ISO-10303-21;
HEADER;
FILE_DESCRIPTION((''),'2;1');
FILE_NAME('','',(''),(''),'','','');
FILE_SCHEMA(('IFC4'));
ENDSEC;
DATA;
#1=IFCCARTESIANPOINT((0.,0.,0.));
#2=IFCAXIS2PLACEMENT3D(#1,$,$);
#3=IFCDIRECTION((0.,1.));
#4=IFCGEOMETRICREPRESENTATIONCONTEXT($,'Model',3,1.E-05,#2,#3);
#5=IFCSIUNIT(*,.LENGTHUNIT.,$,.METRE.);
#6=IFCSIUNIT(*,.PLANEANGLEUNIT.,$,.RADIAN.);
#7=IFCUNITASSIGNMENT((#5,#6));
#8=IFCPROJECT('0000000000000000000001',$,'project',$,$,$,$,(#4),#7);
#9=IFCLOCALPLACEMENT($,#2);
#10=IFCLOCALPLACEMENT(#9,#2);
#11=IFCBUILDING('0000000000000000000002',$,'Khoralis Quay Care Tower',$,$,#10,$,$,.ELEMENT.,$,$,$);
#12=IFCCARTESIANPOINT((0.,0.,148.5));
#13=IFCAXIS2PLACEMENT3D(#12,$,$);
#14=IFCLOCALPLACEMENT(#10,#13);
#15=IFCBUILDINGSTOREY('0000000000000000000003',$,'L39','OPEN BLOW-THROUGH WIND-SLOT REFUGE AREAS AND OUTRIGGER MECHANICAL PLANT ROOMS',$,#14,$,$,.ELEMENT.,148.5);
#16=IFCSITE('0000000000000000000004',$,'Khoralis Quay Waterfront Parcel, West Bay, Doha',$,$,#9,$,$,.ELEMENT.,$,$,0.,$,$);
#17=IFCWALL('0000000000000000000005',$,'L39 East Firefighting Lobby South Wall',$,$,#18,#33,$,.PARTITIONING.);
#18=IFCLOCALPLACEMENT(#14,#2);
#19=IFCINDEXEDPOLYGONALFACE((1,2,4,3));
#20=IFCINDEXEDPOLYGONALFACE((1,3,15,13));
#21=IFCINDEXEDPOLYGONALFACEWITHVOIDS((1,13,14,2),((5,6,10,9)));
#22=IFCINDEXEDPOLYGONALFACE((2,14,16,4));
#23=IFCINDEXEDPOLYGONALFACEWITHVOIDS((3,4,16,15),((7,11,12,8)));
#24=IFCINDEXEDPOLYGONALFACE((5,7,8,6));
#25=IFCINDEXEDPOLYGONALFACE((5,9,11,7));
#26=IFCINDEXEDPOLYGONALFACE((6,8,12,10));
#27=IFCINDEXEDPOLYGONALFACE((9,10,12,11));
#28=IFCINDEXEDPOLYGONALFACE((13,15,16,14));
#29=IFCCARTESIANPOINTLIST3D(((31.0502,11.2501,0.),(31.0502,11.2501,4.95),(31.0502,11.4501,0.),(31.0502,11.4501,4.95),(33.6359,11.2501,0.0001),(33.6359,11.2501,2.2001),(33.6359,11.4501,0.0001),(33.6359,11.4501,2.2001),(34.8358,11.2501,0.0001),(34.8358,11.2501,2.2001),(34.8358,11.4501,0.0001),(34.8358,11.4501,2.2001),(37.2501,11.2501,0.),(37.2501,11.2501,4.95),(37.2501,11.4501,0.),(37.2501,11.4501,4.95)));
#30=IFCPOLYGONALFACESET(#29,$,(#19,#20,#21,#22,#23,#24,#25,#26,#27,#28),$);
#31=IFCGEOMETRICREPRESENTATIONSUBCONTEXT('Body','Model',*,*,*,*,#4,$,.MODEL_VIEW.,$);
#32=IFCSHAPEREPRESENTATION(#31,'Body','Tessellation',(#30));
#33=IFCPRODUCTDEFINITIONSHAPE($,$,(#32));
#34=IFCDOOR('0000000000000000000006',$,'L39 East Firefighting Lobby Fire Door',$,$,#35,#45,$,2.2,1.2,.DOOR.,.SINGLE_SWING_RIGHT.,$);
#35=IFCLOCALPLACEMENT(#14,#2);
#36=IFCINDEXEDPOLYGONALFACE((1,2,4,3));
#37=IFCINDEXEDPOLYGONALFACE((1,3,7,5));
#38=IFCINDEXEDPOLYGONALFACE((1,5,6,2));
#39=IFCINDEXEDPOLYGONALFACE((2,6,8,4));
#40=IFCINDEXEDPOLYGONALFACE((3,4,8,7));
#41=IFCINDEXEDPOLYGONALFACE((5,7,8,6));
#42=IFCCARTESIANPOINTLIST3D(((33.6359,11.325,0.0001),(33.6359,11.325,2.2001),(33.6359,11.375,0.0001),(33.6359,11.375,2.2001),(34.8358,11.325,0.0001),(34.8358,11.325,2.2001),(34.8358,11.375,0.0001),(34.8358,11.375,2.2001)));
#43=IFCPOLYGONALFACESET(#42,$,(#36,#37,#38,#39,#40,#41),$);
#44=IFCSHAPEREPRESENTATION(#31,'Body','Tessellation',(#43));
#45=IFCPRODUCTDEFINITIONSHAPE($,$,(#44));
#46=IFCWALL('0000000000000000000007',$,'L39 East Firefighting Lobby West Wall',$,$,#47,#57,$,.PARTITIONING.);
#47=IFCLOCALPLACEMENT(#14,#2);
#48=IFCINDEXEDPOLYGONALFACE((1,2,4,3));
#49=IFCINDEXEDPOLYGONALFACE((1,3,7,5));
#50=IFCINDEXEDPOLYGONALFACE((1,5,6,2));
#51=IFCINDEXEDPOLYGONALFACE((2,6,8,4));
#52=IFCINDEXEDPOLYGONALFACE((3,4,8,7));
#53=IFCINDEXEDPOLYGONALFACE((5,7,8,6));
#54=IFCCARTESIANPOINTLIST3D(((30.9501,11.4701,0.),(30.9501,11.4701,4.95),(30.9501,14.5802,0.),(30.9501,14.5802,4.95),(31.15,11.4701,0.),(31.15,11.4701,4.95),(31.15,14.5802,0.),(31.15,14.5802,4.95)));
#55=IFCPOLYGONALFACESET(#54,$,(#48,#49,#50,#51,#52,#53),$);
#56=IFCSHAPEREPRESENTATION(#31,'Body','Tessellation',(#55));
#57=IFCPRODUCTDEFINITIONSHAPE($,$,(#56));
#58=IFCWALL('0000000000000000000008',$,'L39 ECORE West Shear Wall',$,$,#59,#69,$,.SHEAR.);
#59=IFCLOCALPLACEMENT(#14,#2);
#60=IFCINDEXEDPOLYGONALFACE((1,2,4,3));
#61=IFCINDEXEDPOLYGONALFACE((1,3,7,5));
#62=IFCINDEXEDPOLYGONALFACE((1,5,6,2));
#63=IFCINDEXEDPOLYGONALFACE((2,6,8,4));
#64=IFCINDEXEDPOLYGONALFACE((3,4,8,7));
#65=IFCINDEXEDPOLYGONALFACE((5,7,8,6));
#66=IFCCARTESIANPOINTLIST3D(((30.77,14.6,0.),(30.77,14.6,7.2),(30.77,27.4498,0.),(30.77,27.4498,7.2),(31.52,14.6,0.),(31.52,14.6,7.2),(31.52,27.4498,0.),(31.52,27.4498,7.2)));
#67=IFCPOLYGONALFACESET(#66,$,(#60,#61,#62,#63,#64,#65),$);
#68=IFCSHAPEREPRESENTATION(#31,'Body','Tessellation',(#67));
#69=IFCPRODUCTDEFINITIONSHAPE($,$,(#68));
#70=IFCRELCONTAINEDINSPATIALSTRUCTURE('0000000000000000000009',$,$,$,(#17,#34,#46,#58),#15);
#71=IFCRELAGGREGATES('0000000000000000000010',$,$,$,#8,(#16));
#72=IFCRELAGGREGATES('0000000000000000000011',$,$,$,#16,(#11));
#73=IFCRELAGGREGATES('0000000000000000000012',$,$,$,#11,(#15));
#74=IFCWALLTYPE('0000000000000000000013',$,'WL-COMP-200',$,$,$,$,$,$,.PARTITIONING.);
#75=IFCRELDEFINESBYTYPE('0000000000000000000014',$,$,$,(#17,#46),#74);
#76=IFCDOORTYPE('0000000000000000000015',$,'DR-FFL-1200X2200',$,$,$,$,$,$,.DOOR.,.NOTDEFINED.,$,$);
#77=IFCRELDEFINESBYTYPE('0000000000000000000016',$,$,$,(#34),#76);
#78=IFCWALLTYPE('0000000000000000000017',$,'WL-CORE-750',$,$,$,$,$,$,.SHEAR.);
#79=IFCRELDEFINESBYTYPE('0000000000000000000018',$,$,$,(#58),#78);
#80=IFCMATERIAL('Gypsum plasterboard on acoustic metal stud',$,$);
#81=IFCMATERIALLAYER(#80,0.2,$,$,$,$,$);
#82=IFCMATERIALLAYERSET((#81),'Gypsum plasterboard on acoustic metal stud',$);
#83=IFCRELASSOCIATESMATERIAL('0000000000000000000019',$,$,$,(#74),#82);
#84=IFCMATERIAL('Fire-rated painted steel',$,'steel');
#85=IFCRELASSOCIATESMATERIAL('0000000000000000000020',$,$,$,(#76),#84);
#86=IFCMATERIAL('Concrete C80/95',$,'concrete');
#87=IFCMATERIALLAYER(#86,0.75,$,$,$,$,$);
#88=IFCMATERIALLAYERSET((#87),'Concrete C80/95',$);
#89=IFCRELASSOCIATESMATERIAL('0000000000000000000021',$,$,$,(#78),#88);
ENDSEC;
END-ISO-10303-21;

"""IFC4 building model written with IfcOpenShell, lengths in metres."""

from ifc_helpers import new_model, si_unit, direction, frame, frame_2d, origin, place, context, subcontext, project, spatial, rectangle, extrude, source, transform, mapped, material, layer, layer_set, type_object, element, fill, save


model = new_model("IFC4")

# Units and contexts
model_context = context("Model", 3, precision=1e-05, world=origin(), true_north=direction((0.0, 1.0)))
body_context = subcontext(model_context, "Body", "Model", "MODEL_VIEW")
ifc_project = project(units=[si_unit("LENGTHUNIT", "METRE"), si_unit("PLANEANGLEUNIT", "RADIAN")], contexts=[model_context])

# Site, building, storey
site_placement = place(None, origin())
site = spatial("IfcSite", under=ifc_project, at=site_placement, Name="Khoralis Quay Waterfront Parcel, West Bay, Doha", CompositionType="ELEMENT", RefElevation=0.0)
building_placement = place(site_placement, origin())
building = spatial("IfcBuilding", under=site, at=building_placement, Name="Khoralis Quay Care Tower", CompositionType="ELEMENT")
storey_placement = place(building_placement, frame((0.0, 0.0, 148.5)))
storey = spatial("IfcBuildingStorey", under=building, at=storey_placement, Name="L39", Description="OPEN BLOW-THROUGH WIND-SLOT REFUGE AREAS AND OUTRIGGER MECHANICAL PLANT ROOMS", CompositionType="ELEMENT", Elevation=148.5)

# Shared definitions
ifc_material_1 = material(Name="Concrete C80/95", Category="concrete")

# Wall, opening, door
ifc_material_2 = material(Name="Gypsum plasterboard on acoustic metal stud")
ifc_layer_1 = layer(ifc_material_2, 0.2)
ifc_layer_set_1 = layer_set([ifc_layer_1], Name="Gypsum plasterboard on acoustic metal stud")
wall_type_1 = type_object("IfcWallType", Name="WL-COMP-200", PredefinedType="PARTITIONING", material=ifc_layer_set_1)
wall_1_placement = place(storey_placement, frame((31.05, 11.3501, 0.0), z_axis=(0.0, 0.0, 1.0), x_axis=(1.0, 0.0, 0.0)))
wall_1 = element("IfcWall", 1, at=wall_1_placement, inside=storey, type_object=wall_type_1, Name="L39 East Firefighting Lobby South Wall", PredefinedType="PARTITIONING", context=body_context, shape_type="SweptSolid", body=[
    extrude(rectangle(XDim=6.2, YDim=0.2, at=frame_2d((3.1001, 0.0))), origin(), (0.0, 0.0, 1.0), 4.95),
])
opening_placement = place(wall_1_placement, frame((2.5857, 0.0, 0.0)))
opening = element("IfcOpeningElement", 2, at=opening_placement, cuts=wall_1, PredefinedType="OPENING", context=body_context, shape_type="SweptSolid", body=[
    extrude(rectangle(XDim=1.2, YDim=2.2, at=frame_2d((0.6001, 1.1001))), frame((0.0, 0.1099, 0.0), z_axis=(0.0, -1.0, 0.0), x_axis=(1.0, 0.0, 0.0)), (0.0, 0.0, 1.0), 0.22),
])
ifc_material_3 = material(Name="Fire-rated painted steel", Category="steel")
door_type = type_object("IfcDoorType", Name="DR-FFL-1200X2200", OperationType="NOTDEFINED", PredefinedType="DOOR", material=ifc_material_3)
shared_shape_1 = source(origin(), body_context, "Body", "SweptSolid", [
    extrude(rectangle(XDim=1.2, YDim=2.2, at=frame_2d((0.6001, 1.1001))), frame((0.0, 0.0249, 0.0), z_axis=(0.0, -1.0, 0.0), x_axis=(1.0, 0.0, 0.0)), (0.0, 0.0, 1.0), 0.05),
])
door_placement = place(opening_placement, origin())
door = element("IfcDoor", 3, at=door_placement, inside=storey, type_object=door_type, Name="L39 East Firefighting Lobby Fire Door", OperationType="SINGLE_SWING_RIGHT", OverallHeight=2.2, OverallWidth=1.2, PredefinedType="DOOR", context=body_context, shape_type="MappedRepresentation", body=[
    mapped(shared_shape_1, transform((0.0, 0.0, 0.0), scale=1.0)),
])
fill(opening, door)

# Walls
wall_2_placement = place(storey_placement, frame((31.05, 11.47, 0.0), z_axis=(0.0, 0.0, 1.0), x_axis=(0.0, 1.0, 0.0)))
element("IfcWall", 4, at=wall_2_placement, inside=storey, type_object=wall_type_1, Name="L39 East Firefighting Lobby West Wall", PredefinedType="PARTITIONING", context=body_context, shape_type="SweptSolid", body=[
    extrude(rectangle(XDim=3.1101, YDim=0.2, at=frame_2d((1.5552, 0.0))), origin(), (0.0, 0.0, 1.0), 4.95),
])
ifc_layer_2 = layer(ifc_material_1, 0.75)
ifc_layer_set_2 = layer_set([ifc_layer_2], Name="Concrete C80/95")
wall_type_2 = type_object("IfcWallType", Name="WL-CORE-750", PredefinedType="SHEAR", material=ifc_layer_set_2)
wall_3_placement = place(storey_placement, frame((31.145, 14.6001, 0.0), z_axis=(0.0, 0.0, 1.0), x_axis=(0.0, 1.0, 0.0)))
element("IfcWall", 5, at=wall_3_placement, inside=storey, type_object=wall_type_2, Name="L39 ECORE West Shear Wall", PredefinedType="SHEAR", context=body_context, shape_type="SweptSolid", body=[
    extrude(rectangle(XDim=12.8499, YDim=0.75, at=frame_2d((6.4248, 0.0))), origin(), (0.0, 0.0, 1.0), 7.2),
])

save(model, "model.ifc")
